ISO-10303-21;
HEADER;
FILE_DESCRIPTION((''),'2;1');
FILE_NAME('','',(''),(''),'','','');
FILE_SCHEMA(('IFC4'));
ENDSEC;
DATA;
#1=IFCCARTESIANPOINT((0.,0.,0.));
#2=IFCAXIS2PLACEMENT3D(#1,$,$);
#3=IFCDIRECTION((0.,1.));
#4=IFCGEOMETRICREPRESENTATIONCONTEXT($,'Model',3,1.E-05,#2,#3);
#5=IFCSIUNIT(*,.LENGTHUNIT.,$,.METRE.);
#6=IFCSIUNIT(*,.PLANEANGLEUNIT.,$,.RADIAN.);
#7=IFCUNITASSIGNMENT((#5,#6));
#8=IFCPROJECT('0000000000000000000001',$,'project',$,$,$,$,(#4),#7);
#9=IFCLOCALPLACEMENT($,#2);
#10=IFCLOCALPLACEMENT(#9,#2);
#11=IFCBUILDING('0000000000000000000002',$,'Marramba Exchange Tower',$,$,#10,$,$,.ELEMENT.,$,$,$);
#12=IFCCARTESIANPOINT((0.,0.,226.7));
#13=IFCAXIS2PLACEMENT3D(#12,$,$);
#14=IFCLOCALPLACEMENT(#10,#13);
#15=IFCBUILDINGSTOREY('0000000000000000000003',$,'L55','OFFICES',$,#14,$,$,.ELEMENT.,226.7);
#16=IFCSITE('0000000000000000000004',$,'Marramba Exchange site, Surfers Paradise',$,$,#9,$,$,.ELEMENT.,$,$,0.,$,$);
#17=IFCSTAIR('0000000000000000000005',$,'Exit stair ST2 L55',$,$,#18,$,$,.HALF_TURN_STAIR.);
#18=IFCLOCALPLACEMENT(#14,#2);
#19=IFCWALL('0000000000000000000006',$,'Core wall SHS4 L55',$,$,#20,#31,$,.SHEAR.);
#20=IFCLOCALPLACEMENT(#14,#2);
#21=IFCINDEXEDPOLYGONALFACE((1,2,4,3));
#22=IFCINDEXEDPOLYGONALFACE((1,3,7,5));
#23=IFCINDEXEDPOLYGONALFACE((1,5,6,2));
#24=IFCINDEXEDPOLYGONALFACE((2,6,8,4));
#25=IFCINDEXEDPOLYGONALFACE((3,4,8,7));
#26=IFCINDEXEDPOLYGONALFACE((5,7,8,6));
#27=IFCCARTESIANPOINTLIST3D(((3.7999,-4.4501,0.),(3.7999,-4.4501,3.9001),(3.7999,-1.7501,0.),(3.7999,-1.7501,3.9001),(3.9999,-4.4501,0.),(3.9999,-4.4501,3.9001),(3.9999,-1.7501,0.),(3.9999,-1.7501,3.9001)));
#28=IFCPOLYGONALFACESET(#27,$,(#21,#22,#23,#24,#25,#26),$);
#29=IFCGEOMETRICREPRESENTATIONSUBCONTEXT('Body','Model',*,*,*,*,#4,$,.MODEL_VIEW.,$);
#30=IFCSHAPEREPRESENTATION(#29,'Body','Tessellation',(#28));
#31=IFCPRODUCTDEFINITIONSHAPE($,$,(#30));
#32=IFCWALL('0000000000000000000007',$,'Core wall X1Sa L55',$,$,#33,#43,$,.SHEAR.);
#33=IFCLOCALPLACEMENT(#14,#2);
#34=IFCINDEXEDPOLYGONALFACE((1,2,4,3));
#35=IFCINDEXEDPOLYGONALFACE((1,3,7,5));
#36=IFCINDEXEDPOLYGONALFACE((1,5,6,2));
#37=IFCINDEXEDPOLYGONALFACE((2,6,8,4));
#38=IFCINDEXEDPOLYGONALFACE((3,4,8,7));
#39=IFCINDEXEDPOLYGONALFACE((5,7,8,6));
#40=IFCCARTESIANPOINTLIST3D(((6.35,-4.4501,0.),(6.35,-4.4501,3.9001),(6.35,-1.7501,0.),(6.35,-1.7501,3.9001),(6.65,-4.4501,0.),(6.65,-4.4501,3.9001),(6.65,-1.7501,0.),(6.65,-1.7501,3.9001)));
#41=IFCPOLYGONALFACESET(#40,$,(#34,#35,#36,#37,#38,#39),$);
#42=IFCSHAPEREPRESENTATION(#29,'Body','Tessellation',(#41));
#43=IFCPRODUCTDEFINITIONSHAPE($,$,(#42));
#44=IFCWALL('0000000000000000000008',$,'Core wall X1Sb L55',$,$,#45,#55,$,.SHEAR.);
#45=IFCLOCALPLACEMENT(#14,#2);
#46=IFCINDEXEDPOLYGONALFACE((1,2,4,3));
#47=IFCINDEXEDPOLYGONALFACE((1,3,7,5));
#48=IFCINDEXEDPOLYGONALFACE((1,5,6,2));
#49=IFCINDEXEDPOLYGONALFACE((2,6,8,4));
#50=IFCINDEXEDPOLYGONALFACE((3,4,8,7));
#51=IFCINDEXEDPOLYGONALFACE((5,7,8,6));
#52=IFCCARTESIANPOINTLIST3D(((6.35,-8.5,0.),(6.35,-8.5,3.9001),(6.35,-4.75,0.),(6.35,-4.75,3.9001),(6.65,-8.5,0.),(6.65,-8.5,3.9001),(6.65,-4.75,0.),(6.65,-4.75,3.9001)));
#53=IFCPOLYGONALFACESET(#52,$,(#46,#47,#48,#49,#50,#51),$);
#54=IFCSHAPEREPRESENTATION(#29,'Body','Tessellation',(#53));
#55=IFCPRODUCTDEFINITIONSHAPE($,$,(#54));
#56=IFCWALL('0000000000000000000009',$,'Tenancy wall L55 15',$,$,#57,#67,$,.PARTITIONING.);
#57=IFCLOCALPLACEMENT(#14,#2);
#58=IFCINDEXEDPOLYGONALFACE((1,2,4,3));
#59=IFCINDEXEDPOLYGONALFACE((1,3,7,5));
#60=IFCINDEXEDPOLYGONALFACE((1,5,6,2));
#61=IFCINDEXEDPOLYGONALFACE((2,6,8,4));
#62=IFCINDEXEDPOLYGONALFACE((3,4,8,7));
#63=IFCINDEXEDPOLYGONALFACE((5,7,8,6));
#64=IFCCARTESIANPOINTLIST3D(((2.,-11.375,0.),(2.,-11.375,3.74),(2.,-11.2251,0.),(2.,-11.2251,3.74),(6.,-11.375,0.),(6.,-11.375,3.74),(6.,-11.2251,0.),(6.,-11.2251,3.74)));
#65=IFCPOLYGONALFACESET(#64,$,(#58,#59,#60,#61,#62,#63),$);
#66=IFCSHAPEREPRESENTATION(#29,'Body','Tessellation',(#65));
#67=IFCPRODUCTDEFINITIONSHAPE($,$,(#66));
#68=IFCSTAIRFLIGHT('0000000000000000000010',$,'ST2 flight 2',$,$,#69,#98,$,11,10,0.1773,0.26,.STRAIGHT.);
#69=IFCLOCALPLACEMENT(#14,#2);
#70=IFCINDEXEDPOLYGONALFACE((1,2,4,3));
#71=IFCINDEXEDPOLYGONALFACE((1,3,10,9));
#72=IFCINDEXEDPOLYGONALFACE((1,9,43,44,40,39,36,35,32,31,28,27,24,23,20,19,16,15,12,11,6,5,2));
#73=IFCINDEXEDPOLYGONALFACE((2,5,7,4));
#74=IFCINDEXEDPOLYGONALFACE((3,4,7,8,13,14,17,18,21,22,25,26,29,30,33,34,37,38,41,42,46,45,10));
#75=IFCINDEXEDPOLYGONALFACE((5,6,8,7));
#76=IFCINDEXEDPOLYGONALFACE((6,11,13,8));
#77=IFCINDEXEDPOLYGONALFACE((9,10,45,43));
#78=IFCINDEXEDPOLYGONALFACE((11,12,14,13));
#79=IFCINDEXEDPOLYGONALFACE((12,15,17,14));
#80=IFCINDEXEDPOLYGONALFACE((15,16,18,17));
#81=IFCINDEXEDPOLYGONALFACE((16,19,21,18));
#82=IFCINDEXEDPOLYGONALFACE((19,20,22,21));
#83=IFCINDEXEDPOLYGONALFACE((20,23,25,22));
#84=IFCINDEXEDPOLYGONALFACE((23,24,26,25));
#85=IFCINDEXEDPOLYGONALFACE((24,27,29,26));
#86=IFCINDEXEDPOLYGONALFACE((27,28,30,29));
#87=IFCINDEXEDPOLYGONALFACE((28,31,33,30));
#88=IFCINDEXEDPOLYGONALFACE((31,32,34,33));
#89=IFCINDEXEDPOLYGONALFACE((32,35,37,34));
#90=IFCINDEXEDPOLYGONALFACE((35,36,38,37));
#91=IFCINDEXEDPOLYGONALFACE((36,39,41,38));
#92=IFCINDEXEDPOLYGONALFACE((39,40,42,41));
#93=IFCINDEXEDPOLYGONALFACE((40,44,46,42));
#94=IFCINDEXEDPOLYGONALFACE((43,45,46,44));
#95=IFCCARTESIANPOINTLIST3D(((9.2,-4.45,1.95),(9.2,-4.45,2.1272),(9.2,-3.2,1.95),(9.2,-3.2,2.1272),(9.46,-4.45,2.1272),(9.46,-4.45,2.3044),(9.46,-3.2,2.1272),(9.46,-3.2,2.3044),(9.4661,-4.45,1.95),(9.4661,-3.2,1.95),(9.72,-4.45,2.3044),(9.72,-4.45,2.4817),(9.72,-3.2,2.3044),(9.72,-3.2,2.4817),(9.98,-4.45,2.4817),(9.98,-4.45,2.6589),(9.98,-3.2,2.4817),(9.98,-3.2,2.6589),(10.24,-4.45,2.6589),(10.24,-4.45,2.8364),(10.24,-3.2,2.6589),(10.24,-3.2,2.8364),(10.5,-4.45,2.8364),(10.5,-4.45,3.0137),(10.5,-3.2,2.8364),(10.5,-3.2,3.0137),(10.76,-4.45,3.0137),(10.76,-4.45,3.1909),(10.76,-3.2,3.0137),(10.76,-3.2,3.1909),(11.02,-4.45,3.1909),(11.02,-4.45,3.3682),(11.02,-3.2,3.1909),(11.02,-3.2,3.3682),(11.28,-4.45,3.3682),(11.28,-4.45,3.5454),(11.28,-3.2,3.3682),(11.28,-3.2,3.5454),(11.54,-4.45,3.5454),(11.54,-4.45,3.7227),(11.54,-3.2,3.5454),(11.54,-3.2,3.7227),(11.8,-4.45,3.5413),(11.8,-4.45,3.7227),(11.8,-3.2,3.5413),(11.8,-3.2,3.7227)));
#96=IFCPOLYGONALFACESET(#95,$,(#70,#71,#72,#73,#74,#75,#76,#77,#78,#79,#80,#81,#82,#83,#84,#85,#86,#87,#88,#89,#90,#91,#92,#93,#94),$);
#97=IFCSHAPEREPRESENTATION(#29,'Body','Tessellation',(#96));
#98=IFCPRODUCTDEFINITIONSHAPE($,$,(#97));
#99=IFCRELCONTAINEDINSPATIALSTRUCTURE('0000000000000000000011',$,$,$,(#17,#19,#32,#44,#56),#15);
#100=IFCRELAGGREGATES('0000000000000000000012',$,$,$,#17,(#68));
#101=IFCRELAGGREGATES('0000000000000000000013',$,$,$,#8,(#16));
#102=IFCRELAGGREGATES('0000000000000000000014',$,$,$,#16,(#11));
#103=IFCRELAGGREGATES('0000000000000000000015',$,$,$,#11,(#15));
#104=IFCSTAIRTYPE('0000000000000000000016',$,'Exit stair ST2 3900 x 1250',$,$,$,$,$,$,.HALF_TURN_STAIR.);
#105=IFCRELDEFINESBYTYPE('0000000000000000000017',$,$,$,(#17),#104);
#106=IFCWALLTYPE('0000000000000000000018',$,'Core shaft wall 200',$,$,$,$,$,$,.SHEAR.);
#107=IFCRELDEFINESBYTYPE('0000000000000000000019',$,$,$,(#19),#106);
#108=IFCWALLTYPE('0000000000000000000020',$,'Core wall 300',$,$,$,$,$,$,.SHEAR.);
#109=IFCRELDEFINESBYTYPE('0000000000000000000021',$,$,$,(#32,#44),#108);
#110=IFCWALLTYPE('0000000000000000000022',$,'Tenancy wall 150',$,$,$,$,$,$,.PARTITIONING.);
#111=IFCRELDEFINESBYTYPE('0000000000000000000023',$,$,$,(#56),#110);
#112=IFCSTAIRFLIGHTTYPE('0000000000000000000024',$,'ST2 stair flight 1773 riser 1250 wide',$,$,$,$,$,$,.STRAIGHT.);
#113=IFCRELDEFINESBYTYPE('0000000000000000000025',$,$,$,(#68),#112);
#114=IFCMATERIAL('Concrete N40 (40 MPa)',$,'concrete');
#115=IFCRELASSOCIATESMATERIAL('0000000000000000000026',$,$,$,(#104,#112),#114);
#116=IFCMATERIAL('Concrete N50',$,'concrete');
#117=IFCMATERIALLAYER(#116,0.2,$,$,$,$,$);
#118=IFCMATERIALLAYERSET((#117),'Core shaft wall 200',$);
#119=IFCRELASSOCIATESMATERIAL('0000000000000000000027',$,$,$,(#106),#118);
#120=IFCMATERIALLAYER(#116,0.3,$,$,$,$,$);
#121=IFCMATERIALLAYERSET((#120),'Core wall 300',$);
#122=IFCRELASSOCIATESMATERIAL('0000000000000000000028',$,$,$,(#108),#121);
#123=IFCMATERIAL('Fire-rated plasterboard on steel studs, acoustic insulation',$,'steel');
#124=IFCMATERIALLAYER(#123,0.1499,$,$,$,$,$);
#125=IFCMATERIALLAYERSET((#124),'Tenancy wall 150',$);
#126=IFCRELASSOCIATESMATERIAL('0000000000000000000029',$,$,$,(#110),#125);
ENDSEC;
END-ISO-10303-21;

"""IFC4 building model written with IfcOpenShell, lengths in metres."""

from ifc_helpers import new_model, si_unit, direction, frame, frame_2d, origin, place, context, subcontext, project, spatial, polyline, rectangle, outline, extrude, material, layer, layer_set, type_object, element, aggregate, save


model = new_model("IFC4")

# Units and contexts
model_context = context("Model", 3, precision=1e-05, world=origin(), true_north=direction((0.0, 1.0)))
body_context = subcontext(model_context, "Body", "Model", "MODEL_VIEW")
ifc_project = project(units=[si_unit("LENGTHUNIT", "METRE"), si_unit("PLANEANGLEUNIT", "RADIAN")], contexts=[model_context])

# Site, building, storey
site_placement = place(None, origin())
site = spatial("IfcSite", under=ifc_project, at=site_placement, Name="Marramba Exchange site, Surfers Paradise", CompositionType="ELEMENT", RefElevation=0.0)
building_placement = place(site_placement, origin())
building = spatial("IfcBuilding", under=site, at=building_placement, Name="Marramba Exchange Tower", CompositionType="ELEMENT")
storey_placement = place(building_placement, frame((0.0, 0.0, 226.7)))
storey = spatial("IfcBuildingStorey", under=building, at=storey_placement, Name="L55", Description="OFFICES", CompositionType="ELEMENT", Elevation=226.7)

# Stair
ifc_material_1 = material(Name="Concrete N40 (40 MPa)", Category="concrete")
stair_type_1 = type_object("IfcStairType", Name="Exit stair ST2 3900 x 1250", PredefinedType="HALF_TURN_STAIR", material=ifc_material_1)
stair_1_placement = place(storey_placement, origin())
stair_1 = element("IfcStair", 1, at=stair_1_placement, inside=storey, type_object=stair_type_1, Name="Exit stair ST2 L55", PredefinedType="HALF_TURN_STAIR")

# Walls
ifc_material_2 = material(Name="Concrete N50", Category="concrete")
ifc_layer_1 = layer(ifc_material_2, 0.2)
ifc_layer_set_1 = layer_set([ifc_layer_1], Name="Core shaft wall 200")
wall_type_1 = type_object("IfcWallType", Name="Core shaft wall 200", PredefinedType="SHEAR", material=ifc_layer_set_1)
for number, where, z_axis, x_axis, name in (
    (2, (3.8999, -1.75, 0.0), (0.0, 0.0, 1.0), (0.0, -1.0, 0.0), "Core wall SHS4 L55"),
):
    element("IfcWall", number, at=place(storey_placement, frame(where, z_axis=z_axis, x_axis=x_axis)), inside=storey, type_object=wall_type_1, Name=name, PredefinedType="SHEAR", context=body_context, shape_type="SweptSolid", body=[
        extrude(rectangle(XDim=2.7, YDim=0.2, at=frame_2d((1.3501, 0.0))), origin(), (0.0, 0.0, 1.0), 3.9001),
    ])
ifc_layer_2 = layer(ifc_material_2, 0.3)
ifc_layer_set_2 = layer_set([ifc_layer_2], Name="Core wall 300")
wall_type_2 = type_object("IfcWallType", Name="Core wall 300", PredefinedType="SHEAR", material=ifc_layer_set_2)
wall_1_placement = place(storey_placement, frame((6.5, -1.75, 0.0), z_axis=(0.0, 0.0, 1.0), x_axis=(0.0, -1.0, 0.0)))
element("IfcWall", 3, at=wall_1_placement, inside=storey, type_object=wall_type_2, Name="Core wall X1Sa L55", PredefinedType="SHEAR", context=body_context, shape_type="SweptSolid", body=[
    extrude(rectangle(XDim=2.7, YDim=0.3, at=frame_2d((1.3501, 0.0))), origin(), (0.0, 0.0, 1.0), 3.9001),
])
wall_2_placement = place(storey_placement, frame((6.5, -4.75, 0.0), z_axis=(0.0, 0.0, 1.0), x_axis=(0.0, -1.0, 0.0)))
element("IfcWall", 4, at=wall_2_placement, inside=storey, type_object=wall_type_2, Name="Core wall X1Sb L55", PredefinedType="SHEAR", context=body_context, shape_type="SweptSolid", body=[
    extrude(rectangle(XDim=3.75, YDim=0.3, at=frame_2d((1.875, 0.0))), origin(), (0.0, 0.0, 1.0), 3.9001),
])

# Wall
ifc_material_3 = material(Name="Fire-rated plasterboard on steel studs, acoustic insulation", Category="steel")
ifc_layer_3 = layer(ifc_material_3, 0.1499)
ifc_layer_set_3 = layer_set([ifc_layer_3], Name="Tenancy wall 150")
wall_type_3 = type_object("IfcWallType", Name="Tenancy wall 150", PredefinedType="PARTITIONING", material=ifc_layer_set_3)
wall_3_placement = place(storey_placement, frame((6.0, -11.3, 0.0), z_axis=(0.0, 0.0, 1.0), x_axis=(-1.0, 0.0, 0.0)))
element("IfcWall", 5, at=wall_3_placement, inside=storey, type_object=wall_type_3, Name="Tenancy wall L55 15", PredefinedType="PARTITIONING", context=body_context, shape_type="SweptSolid", body=[
    extrude(rectangle(XDim=4.0, YDim=0.1499, at=frame_2d((2.0, 0.0))), origin(), (0.0, 0.0, 1.0), 3.74),
])

# Stair flight
stair_flight_type = type_object("IfcStairFlightType", Name="ST2 stair flight 1773 riser 1250 wide", PredefinedType="STRAIGHT", material=ifc_material_1)
stair_flight_placement = place(storey_placement, frame((9.2, -3.825, 1.95), z_axis=(0.0, 0.0, 1.0), x_axis=(1.0, 0.0, 0.0)))
stair_flight = element("IfcStairFlight", 6, at=stair_flight_placement, type_object=stair_flight_type, Name="ST2 flight 2", NumberOfRisers=11, NumberOfTreads=10, PredefinedType="STRAIGHT", RiserHeight=0.1773, TreadLength=0.26, context=body_context, shape_type="SweptSolid", body=[
    extrude(outline(polyline([(0.0, 0.0), (0.0, 0.1772), (0.26, 0.1772), (0.26, 0.3545), (0.52, 0.3545), (0.52, 0.5317), (0.78, 0.5317), (0.78, 0.709), (1.04, 0.709), (1.04, 0.8865), (1.3, 0.8865), (1.3, 1.0637), (1.5601, 1.0637), (1.5601, 1.241), (1.8201, 1.241), (1.8201, 1.4182), (2.0801, 1.4182), (2.0801, 1.5955), (2.3401, 1.5955), (2.3401, 1.7727), (2.6001, 1.7727), (2.6001, 1.95), (2.6001, 1.5913), (0.2661, 0.0), (0.0, 0.0)])), frame((0.0, 0.625, 0.0), z_axis=(0.0, -1.0, 0.0), x_axis=(1.0, 0.0, 0.0)), (0.0, 0.0, 1.0), 1.25),
])
aggregate(stair_1, [stair_flight])

save(model, "model.ifc")
